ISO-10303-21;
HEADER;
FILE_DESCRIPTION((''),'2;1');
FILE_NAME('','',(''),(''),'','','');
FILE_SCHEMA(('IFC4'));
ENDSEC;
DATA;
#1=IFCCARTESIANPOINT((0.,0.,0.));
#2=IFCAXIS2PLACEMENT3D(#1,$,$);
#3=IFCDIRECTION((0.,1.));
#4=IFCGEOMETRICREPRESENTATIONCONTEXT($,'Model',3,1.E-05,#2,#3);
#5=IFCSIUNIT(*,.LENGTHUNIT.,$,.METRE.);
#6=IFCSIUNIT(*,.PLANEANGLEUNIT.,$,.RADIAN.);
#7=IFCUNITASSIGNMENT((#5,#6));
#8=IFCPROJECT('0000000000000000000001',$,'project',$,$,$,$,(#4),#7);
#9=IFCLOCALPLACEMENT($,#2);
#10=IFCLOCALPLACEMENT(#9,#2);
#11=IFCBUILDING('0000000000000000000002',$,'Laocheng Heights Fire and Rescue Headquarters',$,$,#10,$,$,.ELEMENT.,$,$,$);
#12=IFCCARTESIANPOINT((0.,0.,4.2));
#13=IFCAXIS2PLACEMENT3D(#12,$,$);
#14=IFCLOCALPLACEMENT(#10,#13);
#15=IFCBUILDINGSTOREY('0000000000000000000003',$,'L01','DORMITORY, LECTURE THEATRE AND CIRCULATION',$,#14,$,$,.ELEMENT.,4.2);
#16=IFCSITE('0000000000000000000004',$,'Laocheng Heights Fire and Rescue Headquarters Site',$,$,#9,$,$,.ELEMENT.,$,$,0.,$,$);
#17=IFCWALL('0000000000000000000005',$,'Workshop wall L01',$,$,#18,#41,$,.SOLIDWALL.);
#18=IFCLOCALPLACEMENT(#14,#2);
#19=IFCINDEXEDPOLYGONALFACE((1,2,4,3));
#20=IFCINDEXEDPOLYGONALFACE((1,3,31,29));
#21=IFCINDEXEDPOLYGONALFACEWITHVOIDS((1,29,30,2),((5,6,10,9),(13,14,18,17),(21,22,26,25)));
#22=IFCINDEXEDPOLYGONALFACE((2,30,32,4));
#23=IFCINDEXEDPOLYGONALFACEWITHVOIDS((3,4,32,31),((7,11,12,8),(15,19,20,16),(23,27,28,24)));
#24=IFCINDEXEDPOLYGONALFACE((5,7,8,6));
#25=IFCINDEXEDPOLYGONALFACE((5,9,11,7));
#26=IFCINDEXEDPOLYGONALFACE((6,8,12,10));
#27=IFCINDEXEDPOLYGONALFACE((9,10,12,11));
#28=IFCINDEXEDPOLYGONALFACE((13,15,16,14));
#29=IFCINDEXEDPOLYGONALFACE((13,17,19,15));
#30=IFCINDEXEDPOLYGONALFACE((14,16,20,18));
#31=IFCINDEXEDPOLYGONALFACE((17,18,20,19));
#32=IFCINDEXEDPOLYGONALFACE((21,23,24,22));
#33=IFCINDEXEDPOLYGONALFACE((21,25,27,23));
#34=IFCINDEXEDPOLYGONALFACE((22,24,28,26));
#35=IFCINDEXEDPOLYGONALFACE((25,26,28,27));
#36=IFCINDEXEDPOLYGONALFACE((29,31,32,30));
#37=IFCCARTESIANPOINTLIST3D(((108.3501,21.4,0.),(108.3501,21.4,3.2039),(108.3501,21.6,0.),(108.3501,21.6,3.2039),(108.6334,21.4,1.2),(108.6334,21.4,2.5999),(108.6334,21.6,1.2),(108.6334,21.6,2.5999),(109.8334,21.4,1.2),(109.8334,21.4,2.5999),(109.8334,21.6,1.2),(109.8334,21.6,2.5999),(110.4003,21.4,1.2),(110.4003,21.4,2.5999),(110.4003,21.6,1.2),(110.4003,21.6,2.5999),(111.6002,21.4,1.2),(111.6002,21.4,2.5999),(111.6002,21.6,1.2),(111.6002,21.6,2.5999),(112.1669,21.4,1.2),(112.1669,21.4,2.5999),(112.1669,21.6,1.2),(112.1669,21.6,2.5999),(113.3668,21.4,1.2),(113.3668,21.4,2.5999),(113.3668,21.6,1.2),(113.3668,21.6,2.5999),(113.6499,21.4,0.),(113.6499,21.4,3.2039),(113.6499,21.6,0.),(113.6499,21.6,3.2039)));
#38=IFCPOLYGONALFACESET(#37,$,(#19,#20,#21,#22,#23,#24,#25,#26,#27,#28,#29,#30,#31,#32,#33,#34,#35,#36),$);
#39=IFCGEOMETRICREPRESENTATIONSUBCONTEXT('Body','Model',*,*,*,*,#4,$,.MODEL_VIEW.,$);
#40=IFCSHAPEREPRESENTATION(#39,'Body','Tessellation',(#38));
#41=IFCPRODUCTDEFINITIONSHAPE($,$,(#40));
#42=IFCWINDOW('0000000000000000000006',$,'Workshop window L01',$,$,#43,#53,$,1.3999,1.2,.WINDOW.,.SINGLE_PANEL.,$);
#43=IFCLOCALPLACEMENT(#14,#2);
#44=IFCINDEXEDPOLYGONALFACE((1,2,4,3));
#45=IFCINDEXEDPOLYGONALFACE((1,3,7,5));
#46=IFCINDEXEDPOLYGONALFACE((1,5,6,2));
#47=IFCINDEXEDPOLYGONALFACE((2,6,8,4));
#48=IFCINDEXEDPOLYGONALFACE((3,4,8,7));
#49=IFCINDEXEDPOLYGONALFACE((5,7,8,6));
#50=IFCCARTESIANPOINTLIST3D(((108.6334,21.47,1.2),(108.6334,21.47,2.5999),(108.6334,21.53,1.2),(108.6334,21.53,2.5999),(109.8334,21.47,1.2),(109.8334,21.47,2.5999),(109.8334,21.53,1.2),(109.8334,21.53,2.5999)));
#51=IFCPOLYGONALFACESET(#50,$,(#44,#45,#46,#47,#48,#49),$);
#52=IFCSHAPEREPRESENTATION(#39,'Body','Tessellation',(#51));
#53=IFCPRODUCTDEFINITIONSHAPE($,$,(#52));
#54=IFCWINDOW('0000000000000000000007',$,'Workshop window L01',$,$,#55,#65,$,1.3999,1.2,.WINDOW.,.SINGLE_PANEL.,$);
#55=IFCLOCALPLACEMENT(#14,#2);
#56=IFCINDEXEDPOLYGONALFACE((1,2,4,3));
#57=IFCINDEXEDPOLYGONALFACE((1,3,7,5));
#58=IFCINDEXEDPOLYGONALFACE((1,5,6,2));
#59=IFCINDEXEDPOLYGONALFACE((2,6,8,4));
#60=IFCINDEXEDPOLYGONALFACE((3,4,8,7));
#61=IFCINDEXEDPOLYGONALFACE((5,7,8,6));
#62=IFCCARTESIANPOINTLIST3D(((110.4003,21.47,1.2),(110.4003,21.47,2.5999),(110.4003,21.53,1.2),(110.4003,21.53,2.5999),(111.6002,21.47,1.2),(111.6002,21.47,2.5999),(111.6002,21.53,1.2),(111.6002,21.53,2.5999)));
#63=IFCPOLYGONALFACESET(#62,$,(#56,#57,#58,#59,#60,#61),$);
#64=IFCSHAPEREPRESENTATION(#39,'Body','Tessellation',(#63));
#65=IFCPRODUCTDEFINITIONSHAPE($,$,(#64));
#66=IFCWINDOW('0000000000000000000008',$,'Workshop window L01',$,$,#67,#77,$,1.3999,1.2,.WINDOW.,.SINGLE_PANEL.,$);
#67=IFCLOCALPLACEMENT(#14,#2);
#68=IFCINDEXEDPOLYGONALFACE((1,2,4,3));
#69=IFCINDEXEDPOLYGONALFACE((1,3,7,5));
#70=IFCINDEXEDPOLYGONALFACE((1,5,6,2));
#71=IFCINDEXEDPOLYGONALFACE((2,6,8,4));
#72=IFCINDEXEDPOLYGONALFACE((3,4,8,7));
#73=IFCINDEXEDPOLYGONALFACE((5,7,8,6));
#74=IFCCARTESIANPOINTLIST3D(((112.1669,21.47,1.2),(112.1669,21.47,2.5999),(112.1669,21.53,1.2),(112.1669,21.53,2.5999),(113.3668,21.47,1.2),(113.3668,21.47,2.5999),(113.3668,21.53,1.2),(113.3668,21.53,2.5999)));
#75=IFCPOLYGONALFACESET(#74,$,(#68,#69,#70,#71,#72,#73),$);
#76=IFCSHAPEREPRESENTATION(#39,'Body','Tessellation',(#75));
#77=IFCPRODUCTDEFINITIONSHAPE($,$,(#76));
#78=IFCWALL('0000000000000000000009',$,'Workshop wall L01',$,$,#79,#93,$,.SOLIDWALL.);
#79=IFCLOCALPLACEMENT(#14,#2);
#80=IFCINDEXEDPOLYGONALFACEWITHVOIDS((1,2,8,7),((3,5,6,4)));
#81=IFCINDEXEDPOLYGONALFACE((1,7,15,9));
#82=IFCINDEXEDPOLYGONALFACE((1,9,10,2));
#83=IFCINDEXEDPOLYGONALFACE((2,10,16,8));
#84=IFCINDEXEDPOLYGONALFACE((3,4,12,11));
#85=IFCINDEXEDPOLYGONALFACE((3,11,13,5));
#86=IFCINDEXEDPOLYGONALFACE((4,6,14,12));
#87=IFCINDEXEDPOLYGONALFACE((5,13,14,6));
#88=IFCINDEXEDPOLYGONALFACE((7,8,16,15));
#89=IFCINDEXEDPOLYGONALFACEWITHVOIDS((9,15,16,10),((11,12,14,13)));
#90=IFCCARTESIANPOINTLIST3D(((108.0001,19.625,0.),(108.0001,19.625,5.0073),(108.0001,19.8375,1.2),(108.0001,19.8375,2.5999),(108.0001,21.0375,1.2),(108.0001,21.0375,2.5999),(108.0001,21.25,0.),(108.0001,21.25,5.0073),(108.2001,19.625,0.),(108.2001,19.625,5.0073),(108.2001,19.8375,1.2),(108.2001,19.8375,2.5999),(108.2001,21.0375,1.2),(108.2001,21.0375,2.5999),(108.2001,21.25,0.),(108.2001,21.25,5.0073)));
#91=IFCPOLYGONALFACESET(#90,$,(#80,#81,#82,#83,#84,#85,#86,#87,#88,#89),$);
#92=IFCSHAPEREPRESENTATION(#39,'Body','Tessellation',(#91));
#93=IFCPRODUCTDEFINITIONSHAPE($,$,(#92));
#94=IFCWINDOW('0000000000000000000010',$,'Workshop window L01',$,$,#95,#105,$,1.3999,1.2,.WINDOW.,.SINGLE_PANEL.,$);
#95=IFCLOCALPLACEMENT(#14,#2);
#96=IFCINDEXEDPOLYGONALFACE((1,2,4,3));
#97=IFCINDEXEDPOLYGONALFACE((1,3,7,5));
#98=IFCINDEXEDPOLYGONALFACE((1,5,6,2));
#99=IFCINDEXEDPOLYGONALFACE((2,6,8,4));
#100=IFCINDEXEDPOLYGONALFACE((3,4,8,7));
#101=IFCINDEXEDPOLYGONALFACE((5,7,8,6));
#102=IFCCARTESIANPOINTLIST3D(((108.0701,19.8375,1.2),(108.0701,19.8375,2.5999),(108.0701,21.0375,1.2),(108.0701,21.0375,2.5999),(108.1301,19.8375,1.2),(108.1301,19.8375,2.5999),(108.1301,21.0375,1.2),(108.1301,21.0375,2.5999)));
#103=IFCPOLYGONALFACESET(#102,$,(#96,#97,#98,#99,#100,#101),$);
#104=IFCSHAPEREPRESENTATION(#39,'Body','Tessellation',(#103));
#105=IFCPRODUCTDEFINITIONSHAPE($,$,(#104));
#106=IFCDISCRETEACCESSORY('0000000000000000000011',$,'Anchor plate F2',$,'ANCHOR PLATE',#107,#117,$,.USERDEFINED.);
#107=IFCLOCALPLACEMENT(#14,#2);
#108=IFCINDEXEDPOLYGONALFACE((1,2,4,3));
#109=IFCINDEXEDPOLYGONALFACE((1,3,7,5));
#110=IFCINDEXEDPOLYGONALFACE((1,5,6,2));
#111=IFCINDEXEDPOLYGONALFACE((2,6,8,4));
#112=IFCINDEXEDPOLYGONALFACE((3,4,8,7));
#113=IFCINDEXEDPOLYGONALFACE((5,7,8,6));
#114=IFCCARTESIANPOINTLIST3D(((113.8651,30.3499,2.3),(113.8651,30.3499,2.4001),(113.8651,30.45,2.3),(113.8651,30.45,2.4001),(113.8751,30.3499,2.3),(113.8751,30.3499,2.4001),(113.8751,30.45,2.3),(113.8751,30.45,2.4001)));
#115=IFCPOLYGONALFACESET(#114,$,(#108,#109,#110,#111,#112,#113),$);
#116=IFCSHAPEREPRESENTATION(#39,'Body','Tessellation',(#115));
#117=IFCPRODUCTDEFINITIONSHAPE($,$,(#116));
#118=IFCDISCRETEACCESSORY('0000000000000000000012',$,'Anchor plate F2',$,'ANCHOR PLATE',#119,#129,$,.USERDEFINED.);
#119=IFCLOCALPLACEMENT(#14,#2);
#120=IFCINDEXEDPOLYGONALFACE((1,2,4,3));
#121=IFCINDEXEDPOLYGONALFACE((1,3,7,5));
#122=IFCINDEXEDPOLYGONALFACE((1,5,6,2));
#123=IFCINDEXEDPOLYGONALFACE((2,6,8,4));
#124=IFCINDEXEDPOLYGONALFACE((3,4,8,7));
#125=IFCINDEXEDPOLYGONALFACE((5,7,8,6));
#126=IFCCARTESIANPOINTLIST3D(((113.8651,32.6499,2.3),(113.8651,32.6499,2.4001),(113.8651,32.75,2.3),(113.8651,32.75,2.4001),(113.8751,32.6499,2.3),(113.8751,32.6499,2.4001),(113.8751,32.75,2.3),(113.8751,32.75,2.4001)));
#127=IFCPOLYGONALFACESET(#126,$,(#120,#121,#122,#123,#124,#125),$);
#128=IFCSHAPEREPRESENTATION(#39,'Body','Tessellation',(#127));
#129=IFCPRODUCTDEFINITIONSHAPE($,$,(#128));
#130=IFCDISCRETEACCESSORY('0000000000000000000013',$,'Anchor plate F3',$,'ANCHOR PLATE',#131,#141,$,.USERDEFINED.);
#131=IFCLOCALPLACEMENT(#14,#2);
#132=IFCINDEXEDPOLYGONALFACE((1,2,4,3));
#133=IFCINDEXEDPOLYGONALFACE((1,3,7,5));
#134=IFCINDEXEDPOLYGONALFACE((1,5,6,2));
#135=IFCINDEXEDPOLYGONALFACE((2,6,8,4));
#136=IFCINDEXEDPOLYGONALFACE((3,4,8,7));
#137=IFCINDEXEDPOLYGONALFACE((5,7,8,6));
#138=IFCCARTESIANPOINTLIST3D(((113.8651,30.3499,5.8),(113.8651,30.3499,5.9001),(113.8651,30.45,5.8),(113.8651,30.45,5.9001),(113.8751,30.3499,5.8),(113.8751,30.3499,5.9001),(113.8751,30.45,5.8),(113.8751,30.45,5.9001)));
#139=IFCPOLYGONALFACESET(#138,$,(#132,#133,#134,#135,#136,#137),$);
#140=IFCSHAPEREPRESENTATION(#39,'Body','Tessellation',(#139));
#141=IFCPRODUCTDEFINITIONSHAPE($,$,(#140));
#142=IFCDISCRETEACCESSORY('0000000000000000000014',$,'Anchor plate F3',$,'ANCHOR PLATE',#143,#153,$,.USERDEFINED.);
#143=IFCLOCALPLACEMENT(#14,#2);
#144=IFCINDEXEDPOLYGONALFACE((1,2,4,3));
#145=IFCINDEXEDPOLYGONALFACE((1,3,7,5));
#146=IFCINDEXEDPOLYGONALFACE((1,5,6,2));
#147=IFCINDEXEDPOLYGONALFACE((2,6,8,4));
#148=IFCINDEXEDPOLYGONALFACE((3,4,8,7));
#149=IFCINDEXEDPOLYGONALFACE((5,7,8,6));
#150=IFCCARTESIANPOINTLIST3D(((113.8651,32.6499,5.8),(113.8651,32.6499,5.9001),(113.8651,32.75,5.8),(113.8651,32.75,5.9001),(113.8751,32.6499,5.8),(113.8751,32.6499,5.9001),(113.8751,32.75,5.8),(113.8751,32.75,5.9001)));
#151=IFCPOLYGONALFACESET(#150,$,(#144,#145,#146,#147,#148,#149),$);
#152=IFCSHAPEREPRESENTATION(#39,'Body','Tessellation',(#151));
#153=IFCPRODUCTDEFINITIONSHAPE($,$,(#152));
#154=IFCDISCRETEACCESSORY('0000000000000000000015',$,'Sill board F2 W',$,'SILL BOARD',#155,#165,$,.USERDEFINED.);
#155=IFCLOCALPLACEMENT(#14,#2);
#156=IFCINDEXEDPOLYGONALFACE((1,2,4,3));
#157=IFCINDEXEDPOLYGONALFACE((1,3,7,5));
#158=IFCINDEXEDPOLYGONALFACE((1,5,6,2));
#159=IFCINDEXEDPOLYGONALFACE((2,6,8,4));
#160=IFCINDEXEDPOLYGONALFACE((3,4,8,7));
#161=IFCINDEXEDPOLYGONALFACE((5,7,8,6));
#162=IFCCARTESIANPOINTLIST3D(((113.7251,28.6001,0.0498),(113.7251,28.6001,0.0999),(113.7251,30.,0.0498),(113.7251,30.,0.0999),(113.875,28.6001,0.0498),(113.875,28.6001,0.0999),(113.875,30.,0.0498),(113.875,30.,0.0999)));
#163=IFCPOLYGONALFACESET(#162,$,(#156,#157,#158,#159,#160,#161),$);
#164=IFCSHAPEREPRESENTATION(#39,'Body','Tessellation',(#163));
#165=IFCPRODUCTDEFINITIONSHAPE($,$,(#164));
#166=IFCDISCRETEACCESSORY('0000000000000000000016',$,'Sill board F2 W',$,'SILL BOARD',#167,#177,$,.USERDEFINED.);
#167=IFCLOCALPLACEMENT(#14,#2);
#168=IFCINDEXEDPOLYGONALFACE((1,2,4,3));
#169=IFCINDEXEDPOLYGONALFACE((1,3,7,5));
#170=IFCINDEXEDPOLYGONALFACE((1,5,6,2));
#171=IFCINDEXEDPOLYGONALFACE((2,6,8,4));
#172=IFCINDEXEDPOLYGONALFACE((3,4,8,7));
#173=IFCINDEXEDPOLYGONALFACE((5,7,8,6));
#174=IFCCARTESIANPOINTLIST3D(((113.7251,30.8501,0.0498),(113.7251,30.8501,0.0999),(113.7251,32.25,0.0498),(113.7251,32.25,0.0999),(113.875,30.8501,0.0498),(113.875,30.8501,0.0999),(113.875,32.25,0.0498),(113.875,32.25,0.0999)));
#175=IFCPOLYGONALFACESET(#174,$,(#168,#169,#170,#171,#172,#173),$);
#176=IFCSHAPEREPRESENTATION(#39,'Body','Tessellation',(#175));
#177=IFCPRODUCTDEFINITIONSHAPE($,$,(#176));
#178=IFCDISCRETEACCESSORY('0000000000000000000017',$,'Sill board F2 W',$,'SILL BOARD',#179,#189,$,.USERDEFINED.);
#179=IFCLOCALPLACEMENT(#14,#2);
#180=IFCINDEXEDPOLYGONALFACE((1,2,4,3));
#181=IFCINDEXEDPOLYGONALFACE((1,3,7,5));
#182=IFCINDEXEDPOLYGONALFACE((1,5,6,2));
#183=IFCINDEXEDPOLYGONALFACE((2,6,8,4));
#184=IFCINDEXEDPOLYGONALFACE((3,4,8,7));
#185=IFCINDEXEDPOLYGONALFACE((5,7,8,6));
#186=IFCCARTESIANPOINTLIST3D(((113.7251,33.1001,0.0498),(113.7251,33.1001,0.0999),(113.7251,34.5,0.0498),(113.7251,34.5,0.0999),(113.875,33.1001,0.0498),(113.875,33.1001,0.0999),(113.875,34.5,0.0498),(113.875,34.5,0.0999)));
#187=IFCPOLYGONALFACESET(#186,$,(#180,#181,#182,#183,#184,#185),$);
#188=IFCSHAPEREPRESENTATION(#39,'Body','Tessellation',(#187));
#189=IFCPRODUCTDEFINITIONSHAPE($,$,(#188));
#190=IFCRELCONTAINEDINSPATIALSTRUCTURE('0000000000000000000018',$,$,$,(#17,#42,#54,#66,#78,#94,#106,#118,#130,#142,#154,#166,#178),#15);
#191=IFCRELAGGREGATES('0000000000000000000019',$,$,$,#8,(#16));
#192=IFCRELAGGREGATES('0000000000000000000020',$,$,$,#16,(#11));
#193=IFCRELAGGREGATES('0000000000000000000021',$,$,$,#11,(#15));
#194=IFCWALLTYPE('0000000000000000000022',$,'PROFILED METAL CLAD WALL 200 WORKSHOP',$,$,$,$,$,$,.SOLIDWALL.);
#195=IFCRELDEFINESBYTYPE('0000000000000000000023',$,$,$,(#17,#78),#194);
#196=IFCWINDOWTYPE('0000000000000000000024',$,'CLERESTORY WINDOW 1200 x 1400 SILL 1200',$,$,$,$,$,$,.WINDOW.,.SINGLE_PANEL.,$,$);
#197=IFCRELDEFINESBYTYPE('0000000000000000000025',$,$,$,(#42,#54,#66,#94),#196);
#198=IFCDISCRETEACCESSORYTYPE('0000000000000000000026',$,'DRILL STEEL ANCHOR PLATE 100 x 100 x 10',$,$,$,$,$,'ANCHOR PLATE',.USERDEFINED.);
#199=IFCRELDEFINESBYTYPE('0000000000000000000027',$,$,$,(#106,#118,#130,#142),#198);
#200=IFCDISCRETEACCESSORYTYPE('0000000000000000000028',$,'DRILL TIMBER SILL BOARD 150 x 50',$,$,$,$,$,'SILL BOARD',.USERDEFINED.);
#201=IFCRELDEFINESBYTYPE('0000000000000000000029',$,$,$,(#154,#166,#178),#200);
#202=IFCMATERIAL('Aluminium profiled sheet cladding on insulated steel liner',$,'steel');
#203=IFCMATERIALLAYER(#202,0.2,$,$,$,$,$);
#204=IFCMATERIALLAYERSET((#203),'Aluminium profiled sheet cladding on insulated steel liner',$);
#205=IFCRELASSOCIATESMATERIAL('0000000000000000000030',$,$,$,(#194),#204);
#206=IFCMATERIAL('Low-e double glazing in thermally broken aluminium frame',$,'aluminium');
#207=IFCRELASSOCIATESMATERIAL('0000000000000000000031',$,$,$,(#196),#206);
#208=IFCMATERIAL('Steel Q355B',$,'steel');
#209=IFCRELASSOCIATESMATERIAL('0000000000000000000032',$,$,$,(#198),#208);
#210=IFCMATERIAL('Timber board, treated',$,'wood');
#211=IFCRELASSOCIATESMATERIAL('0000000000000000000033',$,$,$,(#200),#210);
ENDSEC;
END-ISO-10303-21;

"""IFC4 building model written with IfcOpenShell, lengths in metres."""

from ifc_helpers import new_model, si_unit, direction, frame, frame_2d, origin, origin_2d, place, context, subcontext, project, spatial, rectangle, extrude, material, layer, layer_set, type_object, element, fill, save


model = new_model("IFC4")

# Units and contexts
model_context = context("Model", 3, precision=1e-05, world=origin(), true_north=direction((0.0, 1.0)))
body_context = subcontext(model_context, "Body", "Model", "MODEL_VIEW")
ifc_project = project(units=[si_unit("LENGTHUNIT", "METRE"), si_unit("PLANEANGLEUNIT", "RADIAN")], contexts=[model_context])

# Site, building, storey
site_placement = place(None, origin())
site = spatial("IfcSite", under=ifc_project, at=site_placement, Name="Laocheng Heights Fire and Rescue Headquarters Site", CompositionType="ELEMENT", RefElevation=0.0)
building_placement = place(site_placement, origin())
building = spatial("IfcBuilding", under=site, at=building_placement, Name="Laocheng Heights Fire and Rescue Headquarters", CompositionType="ELEMENT")
storey_placement = place(building_placement, frame((0.0, 0.0, 4.2)))
storey = spatial("IfcBuildingStorey", under=building, at=storey_placement, Name="L01", Description="DORMITORY, LECTURE THEATRE AND CIRCULATION", CompositionType="ELEMENT", Elevation=4.2)

# Wall, openings, windows
ifc_material_1 = material(Name="Aluminium profiled sheet cladding on insulated steel liner", Category="steel")
ifc_layer_1 = layer(ifc_material_1, 0.2)
ifc_layer_set_1 = layer_set([ifc_layer_1], Name="Aluminium profiled sheet cladding on insulated steel liner")
wall_type = type_object("IfcWallType", Name="PROFILED METAL CLAD WALL 200 WORKSHOP", PredefinedType="SOLIDWALL", material=ifc_layer_set_1)
wall_1_placement = place(storey_placement, frame((108.3501, 21.5, 0.0), z_axis=(0.0, 0.0, 1.0), x_axis=(1.0, 0.0, 0.0)))
wall_1 = element("IfcWall", 1, at=wall_1_placement, inside=storey, type_object=wall_type, Name="Workshop wall L01", PredefinedType="SOLIDWALL", context=body_context, shape_type="SweptSolid", body=[
    extrude(rectangle(XDim=5.2998, YDim=0.2, at=frame_2d((2.6499, 0.0))), origin(), (0.0, 0.0, 1.0), 3.2039),
])
opening_1_placement = place(wall_1_placement, frame((0.2832, 0.0, 1.2)))
opening_1 = element("IfcOpeningElement", 2, at=opening_1_placement, cuts=wall_1, PredefinedType="OPENING", context=body_context, shape_type="SweptSolid", body=[
    extrude(rectangle(XDim=1.2, YDim=1.3999, at=frame_2d((0.6001, 0.7))), frame((0.0, 0.1099, 0.0), z_axis=(0.0, -1.0, 0.0), x_axis=(1.0, 0.0, 0.0)), (0.0, 0.0, 1.0), 0.22),
])
opening_2_placement = place(wall_1_placement, frame((2.05, 0.0, 1.2)))
opening_2 = element("IfcOpeningElement", 3, at=opening_2_placement, cuts=wall_1, PredefinedType="OPENING", context=body_context, shape_type="SweptSolid", body=[
    extrude(rectangle(XDim=1.2, YDim=1.3999, at=frame_2d((0.6001, 0.7))), frame((0.0, 0.1099, 0.0), z_axis=(0.0, -1.0, 0.0), x_axis=(1.0, 0.0, 0.0)), (0.0, 0.0, 1.0), 0.22),
])
opening_3_placement = place(wall_1_placement, frame((3.8167, 0.0, 1.2)))
opening_3 = element("IfcOpeningElement", 4, at=opening_3_placement, cuts=wall_1, PredefinedType="OPENING", context=body_context, shape_type="SweptSolid", body=[
    extrude(rectangle(XDim=1.2, YDim=1.3999, at=frame_2d((0.6001, 0.7))), frame((0.0, 0.1099, 0.0), z_axis=(0.0, -1.0, 0.0), x_axis=(1.0, 0.0, 0.0)), (0.0, 0.0, 1.0), 0.22),
])
ifc_material_2 = material(Name="Low-e double glazing in thermally broken aluminium frame", Category="aluminium")
window_type = type_object("IfcWindowType", Name="CLERESTORY WINDOW 1200 x 1400 SILL 1200", PartitioningType="SINGLE_PANEL", PredefinedType="WINDOW", material=ifc_material_2)
window_1_placement = place(opening_1_placement, origin())
window_1 = element("IfcWindow", 5, at=window_1_placement, inside=storey, type_object=window_type, Name="Workshop window L01", OverallHeight=1.3999, OverallWidth=1.2, PartitioningType="SINGLE_PANEL", PredefinedType="WINDOW", context=body_context, shape_type="SweptSolid", body=[
    extrude(rectangle(XDim=1.2, YDim=1.3999, at=frame_2d((0.6001, 0.7))), frame((0.0, 0.03, 0.0), z_axis=(0.0, -1.0, 0.0), x_axis=(1.0, 0.0, 0.0)), (0.0, 0.0, 1.0), 0.0601),
])
fill(opening_1, window_1)
window_2_placement = place(opening_2_placement, origin())
window_2 = element("IfcWindow", 6, at=window_2_placement, inside=storey, type_object=window_type, Name="Workshop window L01", OverallHeight=1.3999, OverallWidth=1.2, PartitioningType="SINGLE_PANEL", PredefinedType="WINDOW", context=body_context, shape_type="SweptSolid", body=[
    extrude(rectangle(XDim=1.2, YDim=1.3999, at=frame_2d((0.6001, 0.7))), frame((0.0, 0.03, 0.0), z_axis=(0.0, -1.0, 0.0), x_axis=(1.0, 0.0, 0.0)), (0.0, 0.0, 1.0), 0.0601),
])
fill(opening_2, window_2)
window_3_placement = place(opening_3_placement, origin())
window_3 = element("IfcWindow", 7, at=window_3_placement, inside=storey, type_object=window_type, Name="Workshop window L01", OverallHeight=1.3999, OverallWidth=1.2, PartitioningType="SINGLE_PANEL", PredefinedType="WINDOW", context=body_context, shape_type="SweptSolid", body=[
    extrude(rectangle(XDim=1.2, YDim=1.3999, at=frame_2d((0.6001, 0.7))), frame((0.0, 0.03, 0.0), z_axis=(0.0, -1.0, 0.0), x_axis=(1.0, 0.0, 0.0)), (0.0, 0.0, 1.0), 0.0601),
])
fill(opening_3, window_3)

# Wall, opening, window
wall_2_placement = place(storey_placement, frame((108.1001, 19.625, 0.0), z_axis=(0.0, 0.0, 1.0), x_axis=(0.0, 1.0, 0.0)))
wall_2 = element("IfcWall", 8, at=wall_2_placement, inside=storey, type_object=wall_type, Name="Workshop wall L01", PredefinedType="SOLIDWALL", context=body_context, shape_type="SweptSolid", body=[
    extrude(rectangle(XDim=1.625, YDim=0.2, at=frame_2d((0.8125, 0.0))), origin(), (0.0, 0.0, 1.0), 5.0073),
])
opening_4_placement = place(wall_2_placement, frame((0.2124, 0.0, 1.2)))
opening_4 = element("IfcOpeningElement", 9, at=opening_4_placement, cuts=wall_2, PredefinedType="OPENING", context=body_context, shape_type="SweptSolid", body=[
    extrude(rectangle(XDim=1.2, YDim=1.3999, at=frame_2d((0.6001, 0.7))), frame((0.0, 0.1099, 0.0), z_axis=(0.0, -1.0, 0.0), x_axis=(1.0, 0.0, 0.0)), (0.0, 0.0, 1.0), 0.22),
])
window_4_placement = place(opening_4_placement, origin())
window_4 = element("IfcWindow", 10, at=window_4_placement, inside=storey, type_object=window_type, Name="Workshop window L01", OverallHeight=1.3999, OverallWidth=1.2, PartitioningType="SINGLE_PANEL", PredefinedType="WINDOW", context=body_context, shape_type="SweptSolid", body=[
    extrude(rectangle(XDim=1.2, YDim=1.3999, at=frame_2d((0.6001, 0.7))), frame((0.0, 0.03, 0.0), z_axis=(0.0, -1.0, 0.0), x_axis=(1.0, 0.0, 0.0)), (0.0, 0.0, 1.0), 0.0601),
])
fill(opening_4, window_4)

# Discrete accessories
ifc_material_3 = material(Name="Steel Q355B", Category="steel")
discrete_accessory_type_1 = type_object("IfcDiscreteAccessoryType", Name="DRILL STEEL ANCHOR PLATE 100 x 100 x 10", ElementType="ANCHOR PLATE", PredefinedType="USERDEFINED", material=ifc_material_3)
for number, where, z_axis, x_axis, name in (
    (11, (113.8701, 30.3999, 2.3), (0.0, 0.0, 1.0), (1.0, 0.0, 0.0), "Anchor plate F2"),
    (12, (113.8701, 32.7, 2.3), (0.0, 0.0, 1.0), (1.0, 0.0, 0.0), "Anchor plate F2"),
    (13, (113.8701, 30.3999, 5.8), (0.0, 0.0, 1.0), (1.0, 0.0, 0.0), "Anchor plate F3"),
    (14, (113.8701, 32.7, 5.8), (0.0, 0.0, 1.0), (1.0, 0.0, 0.0), "Anchor plate F3"),
):
    element("IfcDiscreteAccessory", number, at=place(storey_placement, frame(where, z_axis=z_axis, x_axis=x_axis)), inside=storey, type_object=discrete_accessory_type_1, Name=name, ObjectType="ANCHOR PLATE", PredefinedType="USERDEFINED", context=body_context, shape_type="SweptSolid", body=[
        extrude(rectangle(XDim=0.01, YDim=0.1001, at=origin_2d()), origin(), (0.0, 0.0, 1.0), 0.1001),
    ])
ifc_material_4 = material(Name="Timber board, treated", Category="wood")
discrete_accessory_type_2 = type_object("IfcDiscreteAccessoryType", Name="DRILL TIMBER SILL BOARD 150 x 50", ElementType="SILL BOARD", PredefinedType="USERDEFINED", material=ifc_material_4)
for number, where, z_axis, x_axis, name in (
    (15, (113.8, 29.3, 0.0498), (0.0, 0.0, 1.0), (1.0, 0.0, 0.0), "Sill board F2 W"),
    (16, (113.8, 31.55, 0.0498), (0.0, 0.0, 1.0), (1.0, 0.0, 0.0), "Sill board F2 W"),
    (17, (113.8, 33.8, 0.0498), (0.0, 0.0, 1.0), (1.0, 0.0, 0.0), "Sill board F2 W"),
):
    element("IfcDiscreteAccessory", number, at=place(storey_placement, frame(where, z_axis=z_axis, x_axis=x_axis)), inside=storey, type_object=discrete_accessory_type_2, Name=name, ObjectType="SILL BOARD", PredefinedType="USERDEFINED", context=body_context, shape_type="SweptSolid", body=[
        extrude(rectangle(XDim=0.1499, YDim=1.3999, at=origin_2d()), origin(), (0.0, 0.0, 1.0), 0.05),
    ])

save(model, "model.ifc")
